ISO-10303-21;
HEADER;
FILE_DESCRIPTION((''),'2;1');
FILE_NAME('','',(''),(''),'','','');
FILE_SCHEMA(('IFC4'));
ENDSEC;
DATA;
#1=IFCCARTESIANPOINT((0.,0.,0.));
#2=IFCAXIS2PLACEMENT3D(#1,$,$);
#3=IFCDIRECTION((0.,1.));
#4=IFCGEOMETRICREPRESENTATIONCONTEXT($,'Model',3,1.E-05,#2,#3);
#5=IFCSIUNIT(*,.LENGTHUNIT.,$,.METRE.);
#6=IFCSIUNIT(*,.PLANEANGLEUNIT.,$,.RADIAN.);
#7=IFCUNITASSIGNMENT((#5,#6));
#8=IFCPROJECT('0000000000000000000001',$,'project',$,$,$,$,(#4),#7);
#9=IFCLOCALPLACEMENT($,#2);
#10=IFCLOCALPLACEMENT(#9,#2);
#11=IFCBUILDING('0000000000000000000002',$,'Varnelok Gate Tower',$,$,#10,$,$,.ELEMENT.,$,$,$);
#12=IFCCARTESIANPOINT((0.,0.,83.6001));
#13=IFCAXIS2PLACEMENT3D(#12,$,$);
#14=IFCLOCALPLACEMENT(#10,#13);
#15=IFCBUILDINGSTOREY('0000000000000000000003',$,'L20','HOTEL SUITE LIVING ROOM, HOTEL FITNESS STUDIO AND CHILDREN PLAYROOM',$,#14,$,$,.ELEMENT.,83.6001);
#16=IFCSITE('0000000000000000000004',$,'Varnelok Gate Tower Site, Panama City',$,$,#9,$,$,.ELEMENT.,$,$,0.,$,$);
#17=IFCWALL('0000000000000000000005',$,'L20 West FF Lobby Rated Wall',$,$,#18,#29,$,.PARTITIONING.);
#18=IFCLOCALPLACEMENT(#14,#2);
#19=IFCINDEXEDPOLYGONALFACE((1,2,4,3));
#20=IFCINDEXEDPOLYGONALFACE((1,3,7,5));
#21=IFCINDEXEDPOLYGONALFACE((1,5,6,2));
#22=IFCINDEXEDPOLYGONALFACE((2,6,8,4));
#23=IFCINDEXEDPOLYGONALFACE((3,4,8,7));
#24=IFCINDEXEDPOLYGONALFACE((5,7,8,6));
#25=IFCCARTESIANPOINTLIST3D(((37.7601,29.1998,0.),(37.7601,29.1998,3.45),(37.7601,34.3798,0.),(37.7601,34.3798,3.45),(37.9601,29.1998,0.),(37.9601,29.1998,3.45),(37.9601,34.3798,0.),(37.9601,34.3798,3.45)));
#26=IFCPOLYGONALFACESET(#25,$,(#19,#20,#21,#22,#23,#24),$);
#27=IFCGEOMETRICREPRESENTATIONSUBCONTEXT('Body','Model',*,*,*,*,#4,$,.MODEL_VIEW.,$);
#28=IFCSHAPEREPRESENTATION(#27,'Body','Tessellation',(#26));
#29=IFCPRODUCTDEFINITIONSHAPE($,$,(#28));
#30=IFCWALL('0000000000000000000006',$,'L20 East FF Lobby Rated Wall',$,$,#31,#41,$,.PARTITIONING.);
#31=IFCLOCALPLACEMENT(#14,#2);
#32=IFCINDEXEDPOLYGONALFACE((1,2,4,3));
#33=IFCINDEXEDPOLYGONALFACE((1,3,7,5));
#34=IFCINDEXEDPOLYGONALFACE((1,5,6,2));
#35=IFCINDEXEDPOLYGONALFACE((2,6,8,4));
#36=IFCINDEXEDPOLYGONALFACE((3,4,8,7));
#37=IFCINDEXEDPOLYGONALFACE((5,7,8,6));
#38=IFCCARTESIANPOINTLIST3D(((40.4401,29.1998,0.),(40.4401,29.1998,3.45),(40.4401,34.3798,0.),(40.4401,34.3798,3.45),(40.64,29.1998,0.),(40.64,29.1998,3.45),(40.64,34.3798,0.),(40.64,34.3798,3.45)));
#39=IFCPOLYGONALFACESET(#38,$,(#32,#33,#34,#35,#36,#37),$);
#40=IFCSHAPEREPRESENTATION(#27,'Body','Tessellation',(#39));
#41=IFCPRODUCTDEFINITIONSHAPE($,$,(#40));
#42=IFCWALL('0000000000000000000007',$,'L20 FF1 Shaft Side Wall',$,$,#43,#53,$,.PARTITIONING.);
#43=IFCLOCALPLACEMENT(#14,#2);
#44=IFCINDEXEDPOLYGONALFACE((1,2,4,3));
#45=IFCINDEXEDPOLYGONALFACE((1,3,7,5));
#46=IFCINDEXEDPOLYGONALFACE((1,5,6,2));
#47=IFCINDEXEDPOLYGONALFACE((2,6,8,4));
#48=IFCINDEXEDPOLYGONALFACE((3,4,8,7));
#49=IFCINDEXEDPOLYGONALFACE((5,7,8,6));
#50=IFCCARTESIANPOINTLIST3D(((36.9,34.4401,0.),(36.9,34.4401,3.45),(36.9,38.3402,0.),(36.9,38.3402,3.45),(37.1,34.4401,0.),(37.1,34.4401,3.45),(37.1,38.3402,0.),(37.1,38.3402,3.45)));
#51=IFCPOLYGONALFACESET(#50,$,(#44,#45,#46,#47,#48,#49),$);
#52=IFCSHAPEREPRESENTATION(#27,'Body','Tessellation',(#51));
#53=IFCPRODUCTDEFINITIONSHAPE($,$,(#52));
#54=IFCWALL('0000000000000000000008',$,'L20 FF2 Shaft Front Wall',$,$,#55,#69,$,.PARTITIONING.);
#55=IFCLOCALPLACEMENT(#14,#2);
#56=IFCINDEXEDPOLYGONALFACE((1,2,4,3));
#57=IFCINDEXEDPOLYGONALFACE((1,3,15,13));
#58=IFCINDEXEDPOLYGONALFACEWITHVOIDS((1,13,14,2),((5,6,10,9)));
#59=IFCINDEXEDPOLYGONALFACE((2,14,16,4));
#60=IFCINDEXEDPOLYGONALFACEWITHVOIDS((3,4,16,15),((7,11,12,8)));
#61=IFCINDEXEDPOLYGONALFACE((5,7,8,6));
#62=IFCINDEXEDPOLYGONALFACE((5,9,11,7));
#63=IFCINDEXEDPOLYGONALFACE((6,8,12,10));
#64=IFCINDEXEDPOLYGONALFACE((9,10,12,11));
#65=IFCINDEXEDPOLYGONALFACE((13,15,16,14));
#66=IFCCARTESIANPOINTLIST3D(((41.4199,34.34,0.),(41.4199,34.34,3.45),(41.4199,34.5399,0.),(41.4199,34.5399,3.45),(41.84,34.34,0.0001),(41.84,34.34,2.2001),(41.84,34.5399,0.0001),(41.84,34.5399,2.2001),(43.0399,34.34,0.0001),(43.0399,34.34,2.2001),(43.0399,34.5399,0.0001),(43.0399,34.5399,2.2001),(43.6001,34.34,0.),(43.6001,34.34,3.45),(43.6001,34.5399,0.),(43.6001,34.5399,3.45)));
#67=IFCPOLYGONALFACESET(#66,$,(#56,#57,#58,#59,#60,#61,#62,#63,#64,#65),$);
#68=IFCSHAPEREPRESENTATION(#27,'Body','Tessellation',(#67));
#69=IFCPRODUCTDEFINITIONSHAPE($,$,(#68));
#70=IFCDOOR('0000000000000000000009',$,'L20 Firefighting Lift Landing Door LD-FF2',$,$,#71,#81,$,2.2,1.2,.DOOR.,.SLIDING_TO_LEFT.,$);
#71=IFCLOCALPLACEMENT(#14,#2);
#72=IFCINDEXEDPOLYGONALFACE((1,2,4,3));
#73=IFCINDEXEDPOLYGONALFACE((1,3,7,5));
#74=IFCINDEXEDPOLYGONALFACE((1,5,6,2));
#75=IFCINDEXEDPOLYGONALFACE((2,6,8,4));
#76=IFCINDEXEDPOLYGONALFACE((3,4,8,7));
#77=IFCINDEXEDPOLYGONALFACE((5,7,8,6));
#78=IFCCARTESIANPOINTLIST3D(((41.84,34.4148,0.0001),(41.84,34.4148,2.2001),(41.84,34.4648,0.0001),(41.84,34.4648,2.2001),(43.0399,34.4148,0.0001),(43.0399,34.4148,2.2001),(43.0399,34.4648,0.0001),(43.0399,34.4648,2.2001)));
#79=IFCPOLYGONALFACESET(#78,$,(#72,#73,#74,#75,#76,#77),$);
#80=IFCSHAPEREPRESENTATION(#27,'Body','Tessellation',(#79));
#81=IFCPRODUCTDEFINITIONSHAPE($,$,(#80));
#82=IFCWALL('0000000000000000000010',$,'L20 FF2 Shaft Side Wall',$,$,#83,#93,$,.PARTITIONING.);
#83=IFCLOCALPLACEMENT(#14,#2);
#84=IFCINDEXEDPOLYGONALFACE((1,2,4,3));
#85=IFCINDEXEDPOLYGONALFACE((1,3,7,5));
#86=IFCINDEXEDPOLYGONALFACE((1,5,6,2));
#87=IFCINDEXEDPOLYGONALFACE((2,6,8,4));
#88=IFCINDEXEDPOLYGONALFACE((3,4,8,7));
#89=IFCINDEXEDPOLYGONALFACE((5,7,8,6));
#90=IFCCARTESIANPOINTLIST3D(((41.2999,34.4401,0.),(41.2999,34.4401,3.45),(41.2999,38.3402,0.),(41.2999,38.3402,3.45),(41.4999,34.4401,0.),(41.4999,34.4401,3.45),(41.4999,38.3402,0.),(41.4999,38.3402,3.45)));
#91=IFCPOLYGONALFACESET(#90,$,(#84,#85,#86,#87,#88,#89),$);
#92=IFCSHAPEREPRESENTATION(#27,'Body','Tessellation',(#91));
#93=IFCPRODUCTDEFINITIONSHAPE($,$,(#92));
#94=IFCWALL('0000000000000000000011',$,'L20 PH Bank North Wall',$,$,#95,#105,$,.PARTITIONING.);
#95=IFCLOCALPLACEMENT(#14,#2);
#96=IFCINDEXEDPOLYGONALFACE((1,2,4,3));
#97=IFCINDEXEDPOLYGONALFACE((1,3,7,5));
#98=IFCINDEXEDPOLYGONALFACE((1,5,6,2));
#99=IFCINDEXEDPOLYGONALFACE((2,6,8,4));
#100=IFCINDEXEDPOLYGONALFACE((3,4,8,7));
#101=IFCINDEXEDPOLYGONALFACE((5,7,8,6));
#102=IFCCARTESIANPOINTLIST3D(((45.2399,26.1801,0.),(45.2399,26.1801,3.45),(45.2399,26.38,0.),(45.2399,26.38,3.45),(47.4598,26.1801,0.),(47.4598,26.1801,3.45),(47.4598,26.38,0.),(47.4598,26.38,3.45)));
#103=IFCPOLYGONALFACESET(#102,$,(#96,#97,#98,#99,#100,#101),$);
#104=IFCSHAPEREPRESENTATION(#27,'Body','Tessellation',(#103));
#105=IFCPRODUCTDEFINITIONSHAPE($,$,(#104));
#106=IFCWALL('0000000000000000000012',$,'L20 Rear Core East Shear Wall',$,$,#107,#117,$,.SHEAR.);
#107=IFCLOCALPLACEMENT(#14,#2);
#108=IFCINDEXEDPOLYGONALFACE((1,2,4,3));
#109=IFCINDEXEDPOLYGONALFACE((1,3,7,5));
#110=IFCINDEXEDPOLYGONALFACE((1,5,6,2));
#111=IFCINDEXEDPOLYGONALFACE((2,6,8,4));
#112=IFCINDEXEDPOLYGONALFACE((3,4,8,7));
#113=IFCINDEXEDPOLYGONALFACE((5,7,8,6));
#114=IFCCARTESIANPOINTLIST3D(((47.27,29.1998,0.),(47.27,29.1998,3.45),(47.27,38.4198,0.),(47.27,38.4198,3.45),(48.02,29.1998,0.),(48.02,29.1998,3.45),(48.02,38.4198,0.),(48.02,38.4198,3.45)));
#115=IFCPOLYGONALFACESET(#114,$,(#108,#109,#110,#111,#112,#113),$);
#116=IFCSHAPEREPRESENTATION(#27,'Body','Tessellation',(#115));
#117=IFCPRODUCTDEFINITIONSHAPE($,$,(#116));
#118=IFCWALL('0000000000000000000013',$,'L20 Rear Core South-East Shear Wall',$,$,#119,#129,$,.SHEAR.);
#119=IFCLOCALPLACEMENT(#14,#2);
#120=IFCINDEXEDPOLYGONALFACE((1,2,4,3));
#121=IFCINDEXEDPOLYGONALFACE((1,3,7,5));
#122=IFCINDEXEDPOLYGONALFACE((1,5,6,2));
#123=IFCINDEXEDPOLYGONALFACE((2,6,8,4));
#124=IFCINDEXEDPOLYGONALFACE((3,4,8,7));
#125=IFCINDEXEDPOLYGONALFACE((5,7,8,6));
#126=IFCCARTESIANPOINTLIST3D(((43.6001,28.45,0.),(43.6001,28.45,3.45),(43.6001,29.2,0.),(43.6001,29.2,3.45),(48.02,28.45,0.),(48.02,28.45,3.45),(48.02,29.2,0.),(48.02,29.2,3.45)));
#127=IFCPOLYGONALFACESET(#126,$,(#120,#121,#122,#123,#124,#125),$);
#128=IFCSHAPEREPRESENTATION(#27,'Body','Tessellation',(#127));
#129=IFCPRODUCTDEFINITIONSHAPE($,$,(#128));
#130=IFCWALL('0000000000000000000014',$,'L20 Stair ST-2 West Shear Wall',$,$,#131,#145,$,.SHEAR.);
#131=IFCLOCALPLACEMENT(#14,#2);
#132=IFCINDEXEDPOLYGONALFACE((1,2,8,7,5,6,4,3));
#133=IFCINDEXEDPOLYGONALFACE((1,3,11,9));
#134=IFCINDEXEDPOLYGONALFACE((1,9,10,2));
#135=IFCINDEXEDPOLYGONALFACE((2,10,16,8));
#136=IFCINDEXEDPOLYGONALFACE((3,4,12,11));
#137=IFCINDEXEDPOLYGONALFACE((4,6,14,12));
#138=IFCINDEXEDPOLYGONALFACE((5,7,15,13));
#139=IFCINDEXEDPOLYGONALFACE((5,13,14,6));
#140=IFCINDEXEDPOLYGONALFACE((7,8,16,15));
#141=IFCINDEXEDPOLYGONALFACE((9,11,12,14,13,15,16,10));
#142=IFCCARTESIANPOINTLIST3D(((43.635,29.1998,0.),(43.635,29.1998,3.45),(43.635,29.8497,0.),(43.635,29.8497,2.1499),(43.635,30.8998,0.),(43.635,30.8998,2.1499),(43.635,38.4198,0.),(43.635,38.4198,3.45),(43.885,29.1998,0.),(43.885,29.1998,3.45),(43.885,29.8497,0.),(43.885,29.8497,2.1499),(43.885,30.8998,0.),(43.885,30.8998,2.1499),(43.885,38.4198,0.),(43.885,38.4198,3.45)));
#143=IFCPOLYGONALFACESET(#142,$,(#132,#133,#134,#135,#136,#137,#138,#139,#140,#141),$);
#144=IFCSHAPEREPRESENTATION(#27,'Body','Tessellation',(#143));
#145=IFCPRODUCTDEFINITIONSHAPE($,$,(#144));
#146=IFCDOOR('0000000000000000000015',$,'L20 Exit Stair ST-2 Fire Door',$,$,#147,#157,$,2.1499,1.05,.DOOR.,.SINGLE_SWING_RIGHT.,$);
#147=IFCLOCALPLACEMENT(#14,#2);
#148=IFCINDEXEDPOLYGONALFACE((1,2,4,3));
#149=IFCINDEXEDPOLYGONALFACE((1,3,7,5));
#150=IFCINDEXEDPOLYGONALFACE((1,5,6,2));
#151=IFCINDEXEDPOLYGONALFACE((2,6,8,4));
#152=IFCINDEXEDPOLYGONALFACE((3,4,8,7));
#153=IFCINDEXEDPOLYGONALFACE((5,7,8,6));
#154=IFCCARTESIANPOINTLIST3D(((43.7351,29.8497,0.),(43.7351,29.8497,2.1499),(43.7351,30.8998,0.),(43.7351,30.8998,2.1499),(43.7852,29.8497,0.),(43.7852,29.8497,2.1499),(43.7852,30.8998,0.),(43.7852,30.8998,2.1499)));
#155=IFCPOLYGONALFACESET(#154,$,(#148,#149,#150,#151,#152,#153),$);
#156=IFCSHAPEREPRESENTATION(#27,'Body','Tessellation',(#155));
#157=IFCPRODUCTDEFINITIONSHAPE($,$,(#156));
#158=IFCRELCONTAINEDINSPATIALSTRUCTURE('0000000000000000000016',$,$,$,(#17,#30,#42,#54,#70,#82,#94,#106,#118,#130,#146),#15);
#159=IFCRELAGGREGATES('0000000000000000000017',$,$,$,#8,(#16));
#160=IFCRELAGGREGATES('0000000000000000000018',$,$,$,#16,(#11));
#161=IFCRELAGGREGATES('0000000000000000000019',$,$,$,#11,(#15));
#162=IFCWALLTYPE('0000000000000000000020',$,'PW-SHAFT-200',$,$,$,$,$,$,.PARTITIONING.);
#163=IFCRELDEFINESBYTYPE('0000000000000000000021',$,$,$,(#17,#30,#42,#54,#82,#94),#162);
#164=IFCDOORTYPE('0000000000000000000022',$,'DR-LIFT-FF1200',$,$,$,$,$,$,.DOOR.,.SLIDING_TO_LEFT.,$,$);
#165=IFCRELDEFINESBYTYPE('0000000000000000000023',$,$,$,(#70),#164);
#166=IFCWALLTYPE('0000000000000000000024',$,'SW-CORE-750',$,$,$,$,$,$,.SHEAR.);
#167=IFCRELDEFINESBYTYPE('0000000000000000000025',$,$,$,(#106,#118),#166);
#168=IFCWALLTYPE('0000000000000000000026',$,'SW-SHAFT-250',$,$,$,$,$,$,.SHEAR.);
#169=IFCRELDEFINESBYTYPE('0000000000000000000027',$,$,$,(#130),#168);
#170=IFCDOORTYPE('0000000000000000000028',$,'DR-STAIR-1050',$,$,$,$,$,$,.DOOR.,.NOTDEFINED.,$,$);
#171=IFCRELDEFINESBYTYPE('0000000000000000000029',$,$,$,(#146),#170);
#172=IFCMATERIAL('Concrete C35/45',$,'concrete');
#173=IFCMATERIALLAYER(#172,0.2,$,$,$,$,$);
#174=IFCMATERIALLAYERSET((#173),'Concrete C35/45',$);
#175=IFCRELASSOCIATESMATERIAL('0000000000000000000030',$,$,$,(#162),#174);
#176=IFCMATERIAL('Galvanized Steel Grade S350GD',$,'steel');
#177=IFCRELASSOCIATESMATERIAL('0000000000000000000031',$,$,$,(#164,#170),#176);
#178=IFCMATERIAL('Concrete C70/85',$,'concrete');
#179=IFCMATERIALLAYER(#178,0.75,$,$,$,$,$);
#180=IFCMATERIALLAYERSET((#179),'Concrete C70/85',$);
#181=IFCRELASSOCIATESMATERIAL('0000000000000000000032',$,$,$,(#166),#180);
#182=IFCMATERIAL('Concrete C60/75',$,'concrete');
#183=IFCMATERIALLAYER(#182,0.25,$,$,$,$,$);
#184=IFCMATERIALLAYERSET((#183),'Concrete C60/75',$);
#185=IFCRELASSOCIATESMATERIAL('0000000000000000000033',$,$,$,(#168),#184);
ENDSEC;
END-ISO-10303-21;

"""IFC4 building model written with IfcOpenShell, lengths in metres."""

from ifc_helpers import new_model, si_unit, direction, frame, frame_2d, origin, place, context, subcontext, project, spatial, rectangle, extrude, material, layer, layer_set, type_object, element, fill, save


model = new_model("IFC4")

# Units and contexts
model_context = context("Model", 3, precision=1e-05, world=origin(), true_north=direction((0.0, 1.0)))
body_context = subcontext(model_context, "Body", "Model", "MODEL_VIEW")
ifc_project = project(units=[si_unit("LENGTHUNIT", "METRE"), si_unit("PLANEANGLEUNIT", "RADIAN")], contexts=[model_context])

# Site, building, storey
site_placement = place(None, origin())
site = spatial("IfcSite", under=ifc_project, at=site_placement, Name="Varnelok Gate Tower Site, Panama City", CompositionType="ELEMENT", RefElevation=0.0)
building_placement = place(site_placement, origin())
building = spatial("IfcBuilding", under=site, at=building_placement, Name="Varnelok Gate Tower", CompositionType="ELEMENT")
storey_placement = place(building_placement, frame((0.0, 0.0, 83.6001)))
storey = spatial("IfcBuildingStorey", under=building, at=storey_placement, Name="L20", Description="HOTEL SUITE LIVING ROOM, HOTEL FITNESS STUDIO AND CHILDREN PLAYROOM", CompositionType="ELEMENT", Elevation=83.6001)

# Shared definitions
ifc_material_1 = material(Name="Concrete C70/85", Category="concrete")

# Shared definitions
ifc_material_2 = material(Name="Galvanized Steel Grade S350GD", Category="steel")

# Walls
ifc_material_3 = material(Name="Concrete C35/45", Category="concrete")
ifc_layer_1 = layer(ifc_material_3, 0.2)
ifc_layer_set_1 = layer_set([ifc_layer_1], Name="Concrete C35/45")
wall_type_1 = type_object("IfcWallType", Name="PW-SHAFT-200", PredefinedType="PARTITIONING", material=ifc_layer_set_1)
for number, where, z_axis, x_axis, name in (
    (1, (37.8601, 29.2, 0.0), (0.0, 0.0, 1.0), (0.0, 1.0, 0.0), "L20 West FF Lobby Rated Wall"),
    (2, (40.54, 29.2, 0.0), (0.0, 0.0, 1.0), (0.0, 1.0, 0.0), "L20 East FF Lobby Rated Wall"),
):
    element("IfcWall", number, at=place(storey_placement, frame(where, z_axis=z_axis, x_axis=x_axis)), inside=storey, type_object=wall_type_1, Name=name, PredefinedType="PARTITIONING", context=body_context, shape_type="SweptSolid", body=[
        extrude(rectangle(XDim=5.1799, YDim=0.2, at=frame_2d((2.5898, 0.0))), origin(), (0.0, 0.0, 1.0), 3.45),
    ])
wall_1_placement = place(storey_placement, frame((37.0, 34.4399, 0.0), z_axis=(0.0, 0.0, 1.0), x_axis=(0.0, 1.0, 0.0)))
element("IfcWall", 3, at=wall_1_placement, inside=storey, type_object=wall_type_1, Name="L20 FF1 Shaft Side Wall", PredefinedType="PARTITIONING", context=body_context, shape_type="SweptSolid", body=[
    extrude(rectangle(XDim=3.9001, YDim=0.2, at=frame_2d((1.9502, 0.0))), origin(), (0.0, 0.0, 1.0), 3.45),
])

# Wall, opening, door
wall_2_placement = place(storey_placement, frame((41.4199, 34.4399, 0.0), z_axis=(0.0, 0.0, 1.0), x_axis=(1.0, 0.0, 0.0)))
wall_2 = element("IfcWall", 4, at=wall_2_placement, inside=storey, type_object=wall_type_1, Name="L20 FF2 Shaft Front Wall", PredefinedType="PARTITIONING", context=body_context, shape_type="SweptSolid", body=[
    extrude(rectangle(XDim=2.1802, YDim=0.2, at=frame_2d((1.0901, 0.0))), origin(), (0.0, 0.0, 1.0), 3.45),
])
opening_1_placement = place(wall_2_placement, frame((0.4199, 0.0, 0.0)))
opening_1 = element("IfcOpeningElement", 5, at=opening_1_placement, cuts=wall_2, PredefinedType="OPENING", context=body_context, shape_type="SweptSolid", body=[
    extrude(rectangle(XDim=1.2, YDim=2.2, at=frame_2d((0.6001, 1.1001))), frame((0.0, 0.1099, 0.0), z_axis=(0.0, -1.0, 0.0), x_axis=(1.0, 0.0, 0.0)), (0.0, 0.0, 1.0), 0.22),
])
door_type_1 = type_object("IfcDoorType", Name="DR-LIFT-FF1200", OperationType="SLIDING_TO_LEFT", PredefinedType="DOOR", material=ifc_material_2)
door_1_placement = place(opening_1_placement, origin())
door_1 = element("IfcDoor", 6, at=door_1_placement, inside=storey, type_object=door_type_1, Name="L20 Firefighting Lift Landing Door LD-FF2", OperationType="SLIDING_TO_LEFT", OverallHeight=2.2, OverallWidth=1.2, PredefinedType="DOOR", context=body_context, shape_type="SweptSolid", body=[
    extrude(rectangle(XDim=1.2, YDim=2.2, at=frame_2d((0.6001, 1.1001))), frame((0.0, 0.0249, 0.0), z_axis=(0.0, -1.0, 0.0), x_axis=(1.0, 0.0, 0.0)), (0.0, 0.0, 1.0), 0.05),
])
fill(opening_1, door_1)

# Walls
wall_3_placement = place(storey_placement, frame((41.3999, 34.4399, 0.0), z_axis=(0.0, 0.0, 1.0), x_axis=(0.0, 1.0, 0.0)))
element("IfcWall", 7, at=wall_3_placement, inside=storey, type_object=wall_type_1, Name="L20 FF2 Shaft Side Wall", PredefinedType="PARTITIONING", context=body_context, shape_type="SweptSolid", body=[
    extrude(rectangle(XDim=3.9001, YDim=0.2, at=frame_2d((1.9502, 0.0))), origin(), (0.0, 0.0, 1.0), 3.45),
])
wall_4_placement = place(storey_placement, frame((45.24, 26.28, 0.0), z_axis=(0.0, 0.0, 1.0), x_axis=(1.0, 0.0, 0.0)))
element("IfcWall", 8, at=wall_4_placement, inside=storey, type_object=wall_type_1, Name="L20 PH Bank North Wall", PredefinedType="PARTITIONING", context=body_context, shape_type="SweptSolid", body=[
    extrude(rectangle(XDim=2.22, YDim=0.2, at=frame_2d((1.1099, 0.0))), origin(), (0.0, 0.0, 1.0), 3.45),
])
ifc_layer_2 = layer(ifc_material_1, 0.75)
ifc_layer_set_2 = layer_set([ifc_layer_2], Name="Concrete C70/85")
wall_type_2 = type_object("IfcWallType", Name="SW-CORE-750", PredefinedType="SHEAR", material=ifc_layer_set_2)
wall_5_placement = place(storey_placement, frame((47.645, 29.2, 0.0), z_axis=(0.0, 0.0, 1.0), x_axis=(0.0, 1.0, 0.0)))
element("IfcWall", 9, at=wall_5_placement, inside=storey, type_object=wall_type_2, Name="L20 Rear Core East Shear Wall", PredefinedType="SHEAR", context=body_context, shape_type="SweptSolid", body=[
    extrude(rectangle(XDim=9.22, YDim=0.75, at=frame_2d((4.6099, 0.0))), origin(), (0.0, 0.0, 1.0), 3.45),
])
wall_6_placement = place(storey_placement, frame((43.6001, 28.825, 0.0), z_axis=(0.0, 0.0, 1.0), x_axis=(1.0, 0.0, 0.0)))
element("IfcWall", 10, at=wall_6_placement, inside=storey, type_object=wall_type_2, Name="L20 Rear Core South-East Shear Wall", PredefinedType="SHEAR", context=body_context, shape_type="SweptSolid", body=[
    extrude(rectangle(XDim=4.4199, YDim=0.75, at=frame_2d((2.21, 0.0))), origin(), (0.0, 0.0, 1.0), 3.45),
])

# Wall, opening, door
ifc_material_4 = material(Name="Concrete C60/75", Category="concrete")
ifc_layer_3 = layer(ifc_material_4, 0.25)
ifc_layer_set_3 = layer_set([ifc_layer_3], Name="Concrete C60/75")
wall_type_3 = type_object("IfcWallType", Name="SW-SHAFT-250", PredefinedType="SHEAR", material=ifc_layer_set_3)
wall_7_placement = place(storey_placement, frame((43.76, 29.2, 0.0), z_axis=(0.0, 0.0, 1.0), x_axis=(0.0, 1.0, 0.0)))
wall_7 = element("IfcWall", 11, at=wall_7_placement, inside=storey, type_object=wall_type_3, Name="L20 Stair ST-2 West Shear Wall", PredefinedType="SHEAR", context=body_context, shape_type="SweptSolid", body=[
    extrude(rectangle(XDim=9.22, YDim=0.25, at=frame_2d((4.6099, 0.0))), origin(), (0.0, 0.0, 1.0), 3.45),
])
opening_2_placement = place(wall_7_placement, frame((0.6499, 0.0, 0.0)))
opening_2 = element("IfcOpeningElement", 12, at=opening_2_placement, cuts=wall_7, PredefinedType="OPENING", context=body_context, shape_type="SweptSolid", body=[
    extrude(rectangle(XDim=1.05, YDim=2.1499, at=frame_2d((0.5249, 1.075))), frame((0.0, 0.135, 0.0), z_axis=(0.0, -1.0, 0.0), x_axis=(1.0, 0.0, 0.0)), (0.0, 0.0, 1.0), 0.27),
])
door_type_2 = type_object("IfcDoorType", Name="DR-STAIR-1050", OperationType="NOTDEFINED", PredefinedType="DOOR", material=ifc_material_2)
door_2_placement = place(opening_2_placement, origin())
door_2 = element("IfcDoor", 13, at=door_2_placement, inside=storey, type_object=door_type_2, Name="L20 Exit Stair ST-2 Fire Door", OperationType="SINGLE_SWING_RIGHT", OverallHeight=2.1499, OverallWidth=1.05, PredefinedType="DOOR", context=body_context, shape_type="SweptSolid", body=[
    extrude(rectangle(XDim=1.05, YDim=2.1499, at=frame_2d((0.5249, 1.075))), frame((0.0, 0.0249, 0.0), z_axis=(0.0, -1.0, 0.0), x_axis=(1.0, 0.0, 0.0)), (0.0, 0.0, 1.0), 0.05),
])
fill(opening_2, door_2)

save(model, "model.ifc")
